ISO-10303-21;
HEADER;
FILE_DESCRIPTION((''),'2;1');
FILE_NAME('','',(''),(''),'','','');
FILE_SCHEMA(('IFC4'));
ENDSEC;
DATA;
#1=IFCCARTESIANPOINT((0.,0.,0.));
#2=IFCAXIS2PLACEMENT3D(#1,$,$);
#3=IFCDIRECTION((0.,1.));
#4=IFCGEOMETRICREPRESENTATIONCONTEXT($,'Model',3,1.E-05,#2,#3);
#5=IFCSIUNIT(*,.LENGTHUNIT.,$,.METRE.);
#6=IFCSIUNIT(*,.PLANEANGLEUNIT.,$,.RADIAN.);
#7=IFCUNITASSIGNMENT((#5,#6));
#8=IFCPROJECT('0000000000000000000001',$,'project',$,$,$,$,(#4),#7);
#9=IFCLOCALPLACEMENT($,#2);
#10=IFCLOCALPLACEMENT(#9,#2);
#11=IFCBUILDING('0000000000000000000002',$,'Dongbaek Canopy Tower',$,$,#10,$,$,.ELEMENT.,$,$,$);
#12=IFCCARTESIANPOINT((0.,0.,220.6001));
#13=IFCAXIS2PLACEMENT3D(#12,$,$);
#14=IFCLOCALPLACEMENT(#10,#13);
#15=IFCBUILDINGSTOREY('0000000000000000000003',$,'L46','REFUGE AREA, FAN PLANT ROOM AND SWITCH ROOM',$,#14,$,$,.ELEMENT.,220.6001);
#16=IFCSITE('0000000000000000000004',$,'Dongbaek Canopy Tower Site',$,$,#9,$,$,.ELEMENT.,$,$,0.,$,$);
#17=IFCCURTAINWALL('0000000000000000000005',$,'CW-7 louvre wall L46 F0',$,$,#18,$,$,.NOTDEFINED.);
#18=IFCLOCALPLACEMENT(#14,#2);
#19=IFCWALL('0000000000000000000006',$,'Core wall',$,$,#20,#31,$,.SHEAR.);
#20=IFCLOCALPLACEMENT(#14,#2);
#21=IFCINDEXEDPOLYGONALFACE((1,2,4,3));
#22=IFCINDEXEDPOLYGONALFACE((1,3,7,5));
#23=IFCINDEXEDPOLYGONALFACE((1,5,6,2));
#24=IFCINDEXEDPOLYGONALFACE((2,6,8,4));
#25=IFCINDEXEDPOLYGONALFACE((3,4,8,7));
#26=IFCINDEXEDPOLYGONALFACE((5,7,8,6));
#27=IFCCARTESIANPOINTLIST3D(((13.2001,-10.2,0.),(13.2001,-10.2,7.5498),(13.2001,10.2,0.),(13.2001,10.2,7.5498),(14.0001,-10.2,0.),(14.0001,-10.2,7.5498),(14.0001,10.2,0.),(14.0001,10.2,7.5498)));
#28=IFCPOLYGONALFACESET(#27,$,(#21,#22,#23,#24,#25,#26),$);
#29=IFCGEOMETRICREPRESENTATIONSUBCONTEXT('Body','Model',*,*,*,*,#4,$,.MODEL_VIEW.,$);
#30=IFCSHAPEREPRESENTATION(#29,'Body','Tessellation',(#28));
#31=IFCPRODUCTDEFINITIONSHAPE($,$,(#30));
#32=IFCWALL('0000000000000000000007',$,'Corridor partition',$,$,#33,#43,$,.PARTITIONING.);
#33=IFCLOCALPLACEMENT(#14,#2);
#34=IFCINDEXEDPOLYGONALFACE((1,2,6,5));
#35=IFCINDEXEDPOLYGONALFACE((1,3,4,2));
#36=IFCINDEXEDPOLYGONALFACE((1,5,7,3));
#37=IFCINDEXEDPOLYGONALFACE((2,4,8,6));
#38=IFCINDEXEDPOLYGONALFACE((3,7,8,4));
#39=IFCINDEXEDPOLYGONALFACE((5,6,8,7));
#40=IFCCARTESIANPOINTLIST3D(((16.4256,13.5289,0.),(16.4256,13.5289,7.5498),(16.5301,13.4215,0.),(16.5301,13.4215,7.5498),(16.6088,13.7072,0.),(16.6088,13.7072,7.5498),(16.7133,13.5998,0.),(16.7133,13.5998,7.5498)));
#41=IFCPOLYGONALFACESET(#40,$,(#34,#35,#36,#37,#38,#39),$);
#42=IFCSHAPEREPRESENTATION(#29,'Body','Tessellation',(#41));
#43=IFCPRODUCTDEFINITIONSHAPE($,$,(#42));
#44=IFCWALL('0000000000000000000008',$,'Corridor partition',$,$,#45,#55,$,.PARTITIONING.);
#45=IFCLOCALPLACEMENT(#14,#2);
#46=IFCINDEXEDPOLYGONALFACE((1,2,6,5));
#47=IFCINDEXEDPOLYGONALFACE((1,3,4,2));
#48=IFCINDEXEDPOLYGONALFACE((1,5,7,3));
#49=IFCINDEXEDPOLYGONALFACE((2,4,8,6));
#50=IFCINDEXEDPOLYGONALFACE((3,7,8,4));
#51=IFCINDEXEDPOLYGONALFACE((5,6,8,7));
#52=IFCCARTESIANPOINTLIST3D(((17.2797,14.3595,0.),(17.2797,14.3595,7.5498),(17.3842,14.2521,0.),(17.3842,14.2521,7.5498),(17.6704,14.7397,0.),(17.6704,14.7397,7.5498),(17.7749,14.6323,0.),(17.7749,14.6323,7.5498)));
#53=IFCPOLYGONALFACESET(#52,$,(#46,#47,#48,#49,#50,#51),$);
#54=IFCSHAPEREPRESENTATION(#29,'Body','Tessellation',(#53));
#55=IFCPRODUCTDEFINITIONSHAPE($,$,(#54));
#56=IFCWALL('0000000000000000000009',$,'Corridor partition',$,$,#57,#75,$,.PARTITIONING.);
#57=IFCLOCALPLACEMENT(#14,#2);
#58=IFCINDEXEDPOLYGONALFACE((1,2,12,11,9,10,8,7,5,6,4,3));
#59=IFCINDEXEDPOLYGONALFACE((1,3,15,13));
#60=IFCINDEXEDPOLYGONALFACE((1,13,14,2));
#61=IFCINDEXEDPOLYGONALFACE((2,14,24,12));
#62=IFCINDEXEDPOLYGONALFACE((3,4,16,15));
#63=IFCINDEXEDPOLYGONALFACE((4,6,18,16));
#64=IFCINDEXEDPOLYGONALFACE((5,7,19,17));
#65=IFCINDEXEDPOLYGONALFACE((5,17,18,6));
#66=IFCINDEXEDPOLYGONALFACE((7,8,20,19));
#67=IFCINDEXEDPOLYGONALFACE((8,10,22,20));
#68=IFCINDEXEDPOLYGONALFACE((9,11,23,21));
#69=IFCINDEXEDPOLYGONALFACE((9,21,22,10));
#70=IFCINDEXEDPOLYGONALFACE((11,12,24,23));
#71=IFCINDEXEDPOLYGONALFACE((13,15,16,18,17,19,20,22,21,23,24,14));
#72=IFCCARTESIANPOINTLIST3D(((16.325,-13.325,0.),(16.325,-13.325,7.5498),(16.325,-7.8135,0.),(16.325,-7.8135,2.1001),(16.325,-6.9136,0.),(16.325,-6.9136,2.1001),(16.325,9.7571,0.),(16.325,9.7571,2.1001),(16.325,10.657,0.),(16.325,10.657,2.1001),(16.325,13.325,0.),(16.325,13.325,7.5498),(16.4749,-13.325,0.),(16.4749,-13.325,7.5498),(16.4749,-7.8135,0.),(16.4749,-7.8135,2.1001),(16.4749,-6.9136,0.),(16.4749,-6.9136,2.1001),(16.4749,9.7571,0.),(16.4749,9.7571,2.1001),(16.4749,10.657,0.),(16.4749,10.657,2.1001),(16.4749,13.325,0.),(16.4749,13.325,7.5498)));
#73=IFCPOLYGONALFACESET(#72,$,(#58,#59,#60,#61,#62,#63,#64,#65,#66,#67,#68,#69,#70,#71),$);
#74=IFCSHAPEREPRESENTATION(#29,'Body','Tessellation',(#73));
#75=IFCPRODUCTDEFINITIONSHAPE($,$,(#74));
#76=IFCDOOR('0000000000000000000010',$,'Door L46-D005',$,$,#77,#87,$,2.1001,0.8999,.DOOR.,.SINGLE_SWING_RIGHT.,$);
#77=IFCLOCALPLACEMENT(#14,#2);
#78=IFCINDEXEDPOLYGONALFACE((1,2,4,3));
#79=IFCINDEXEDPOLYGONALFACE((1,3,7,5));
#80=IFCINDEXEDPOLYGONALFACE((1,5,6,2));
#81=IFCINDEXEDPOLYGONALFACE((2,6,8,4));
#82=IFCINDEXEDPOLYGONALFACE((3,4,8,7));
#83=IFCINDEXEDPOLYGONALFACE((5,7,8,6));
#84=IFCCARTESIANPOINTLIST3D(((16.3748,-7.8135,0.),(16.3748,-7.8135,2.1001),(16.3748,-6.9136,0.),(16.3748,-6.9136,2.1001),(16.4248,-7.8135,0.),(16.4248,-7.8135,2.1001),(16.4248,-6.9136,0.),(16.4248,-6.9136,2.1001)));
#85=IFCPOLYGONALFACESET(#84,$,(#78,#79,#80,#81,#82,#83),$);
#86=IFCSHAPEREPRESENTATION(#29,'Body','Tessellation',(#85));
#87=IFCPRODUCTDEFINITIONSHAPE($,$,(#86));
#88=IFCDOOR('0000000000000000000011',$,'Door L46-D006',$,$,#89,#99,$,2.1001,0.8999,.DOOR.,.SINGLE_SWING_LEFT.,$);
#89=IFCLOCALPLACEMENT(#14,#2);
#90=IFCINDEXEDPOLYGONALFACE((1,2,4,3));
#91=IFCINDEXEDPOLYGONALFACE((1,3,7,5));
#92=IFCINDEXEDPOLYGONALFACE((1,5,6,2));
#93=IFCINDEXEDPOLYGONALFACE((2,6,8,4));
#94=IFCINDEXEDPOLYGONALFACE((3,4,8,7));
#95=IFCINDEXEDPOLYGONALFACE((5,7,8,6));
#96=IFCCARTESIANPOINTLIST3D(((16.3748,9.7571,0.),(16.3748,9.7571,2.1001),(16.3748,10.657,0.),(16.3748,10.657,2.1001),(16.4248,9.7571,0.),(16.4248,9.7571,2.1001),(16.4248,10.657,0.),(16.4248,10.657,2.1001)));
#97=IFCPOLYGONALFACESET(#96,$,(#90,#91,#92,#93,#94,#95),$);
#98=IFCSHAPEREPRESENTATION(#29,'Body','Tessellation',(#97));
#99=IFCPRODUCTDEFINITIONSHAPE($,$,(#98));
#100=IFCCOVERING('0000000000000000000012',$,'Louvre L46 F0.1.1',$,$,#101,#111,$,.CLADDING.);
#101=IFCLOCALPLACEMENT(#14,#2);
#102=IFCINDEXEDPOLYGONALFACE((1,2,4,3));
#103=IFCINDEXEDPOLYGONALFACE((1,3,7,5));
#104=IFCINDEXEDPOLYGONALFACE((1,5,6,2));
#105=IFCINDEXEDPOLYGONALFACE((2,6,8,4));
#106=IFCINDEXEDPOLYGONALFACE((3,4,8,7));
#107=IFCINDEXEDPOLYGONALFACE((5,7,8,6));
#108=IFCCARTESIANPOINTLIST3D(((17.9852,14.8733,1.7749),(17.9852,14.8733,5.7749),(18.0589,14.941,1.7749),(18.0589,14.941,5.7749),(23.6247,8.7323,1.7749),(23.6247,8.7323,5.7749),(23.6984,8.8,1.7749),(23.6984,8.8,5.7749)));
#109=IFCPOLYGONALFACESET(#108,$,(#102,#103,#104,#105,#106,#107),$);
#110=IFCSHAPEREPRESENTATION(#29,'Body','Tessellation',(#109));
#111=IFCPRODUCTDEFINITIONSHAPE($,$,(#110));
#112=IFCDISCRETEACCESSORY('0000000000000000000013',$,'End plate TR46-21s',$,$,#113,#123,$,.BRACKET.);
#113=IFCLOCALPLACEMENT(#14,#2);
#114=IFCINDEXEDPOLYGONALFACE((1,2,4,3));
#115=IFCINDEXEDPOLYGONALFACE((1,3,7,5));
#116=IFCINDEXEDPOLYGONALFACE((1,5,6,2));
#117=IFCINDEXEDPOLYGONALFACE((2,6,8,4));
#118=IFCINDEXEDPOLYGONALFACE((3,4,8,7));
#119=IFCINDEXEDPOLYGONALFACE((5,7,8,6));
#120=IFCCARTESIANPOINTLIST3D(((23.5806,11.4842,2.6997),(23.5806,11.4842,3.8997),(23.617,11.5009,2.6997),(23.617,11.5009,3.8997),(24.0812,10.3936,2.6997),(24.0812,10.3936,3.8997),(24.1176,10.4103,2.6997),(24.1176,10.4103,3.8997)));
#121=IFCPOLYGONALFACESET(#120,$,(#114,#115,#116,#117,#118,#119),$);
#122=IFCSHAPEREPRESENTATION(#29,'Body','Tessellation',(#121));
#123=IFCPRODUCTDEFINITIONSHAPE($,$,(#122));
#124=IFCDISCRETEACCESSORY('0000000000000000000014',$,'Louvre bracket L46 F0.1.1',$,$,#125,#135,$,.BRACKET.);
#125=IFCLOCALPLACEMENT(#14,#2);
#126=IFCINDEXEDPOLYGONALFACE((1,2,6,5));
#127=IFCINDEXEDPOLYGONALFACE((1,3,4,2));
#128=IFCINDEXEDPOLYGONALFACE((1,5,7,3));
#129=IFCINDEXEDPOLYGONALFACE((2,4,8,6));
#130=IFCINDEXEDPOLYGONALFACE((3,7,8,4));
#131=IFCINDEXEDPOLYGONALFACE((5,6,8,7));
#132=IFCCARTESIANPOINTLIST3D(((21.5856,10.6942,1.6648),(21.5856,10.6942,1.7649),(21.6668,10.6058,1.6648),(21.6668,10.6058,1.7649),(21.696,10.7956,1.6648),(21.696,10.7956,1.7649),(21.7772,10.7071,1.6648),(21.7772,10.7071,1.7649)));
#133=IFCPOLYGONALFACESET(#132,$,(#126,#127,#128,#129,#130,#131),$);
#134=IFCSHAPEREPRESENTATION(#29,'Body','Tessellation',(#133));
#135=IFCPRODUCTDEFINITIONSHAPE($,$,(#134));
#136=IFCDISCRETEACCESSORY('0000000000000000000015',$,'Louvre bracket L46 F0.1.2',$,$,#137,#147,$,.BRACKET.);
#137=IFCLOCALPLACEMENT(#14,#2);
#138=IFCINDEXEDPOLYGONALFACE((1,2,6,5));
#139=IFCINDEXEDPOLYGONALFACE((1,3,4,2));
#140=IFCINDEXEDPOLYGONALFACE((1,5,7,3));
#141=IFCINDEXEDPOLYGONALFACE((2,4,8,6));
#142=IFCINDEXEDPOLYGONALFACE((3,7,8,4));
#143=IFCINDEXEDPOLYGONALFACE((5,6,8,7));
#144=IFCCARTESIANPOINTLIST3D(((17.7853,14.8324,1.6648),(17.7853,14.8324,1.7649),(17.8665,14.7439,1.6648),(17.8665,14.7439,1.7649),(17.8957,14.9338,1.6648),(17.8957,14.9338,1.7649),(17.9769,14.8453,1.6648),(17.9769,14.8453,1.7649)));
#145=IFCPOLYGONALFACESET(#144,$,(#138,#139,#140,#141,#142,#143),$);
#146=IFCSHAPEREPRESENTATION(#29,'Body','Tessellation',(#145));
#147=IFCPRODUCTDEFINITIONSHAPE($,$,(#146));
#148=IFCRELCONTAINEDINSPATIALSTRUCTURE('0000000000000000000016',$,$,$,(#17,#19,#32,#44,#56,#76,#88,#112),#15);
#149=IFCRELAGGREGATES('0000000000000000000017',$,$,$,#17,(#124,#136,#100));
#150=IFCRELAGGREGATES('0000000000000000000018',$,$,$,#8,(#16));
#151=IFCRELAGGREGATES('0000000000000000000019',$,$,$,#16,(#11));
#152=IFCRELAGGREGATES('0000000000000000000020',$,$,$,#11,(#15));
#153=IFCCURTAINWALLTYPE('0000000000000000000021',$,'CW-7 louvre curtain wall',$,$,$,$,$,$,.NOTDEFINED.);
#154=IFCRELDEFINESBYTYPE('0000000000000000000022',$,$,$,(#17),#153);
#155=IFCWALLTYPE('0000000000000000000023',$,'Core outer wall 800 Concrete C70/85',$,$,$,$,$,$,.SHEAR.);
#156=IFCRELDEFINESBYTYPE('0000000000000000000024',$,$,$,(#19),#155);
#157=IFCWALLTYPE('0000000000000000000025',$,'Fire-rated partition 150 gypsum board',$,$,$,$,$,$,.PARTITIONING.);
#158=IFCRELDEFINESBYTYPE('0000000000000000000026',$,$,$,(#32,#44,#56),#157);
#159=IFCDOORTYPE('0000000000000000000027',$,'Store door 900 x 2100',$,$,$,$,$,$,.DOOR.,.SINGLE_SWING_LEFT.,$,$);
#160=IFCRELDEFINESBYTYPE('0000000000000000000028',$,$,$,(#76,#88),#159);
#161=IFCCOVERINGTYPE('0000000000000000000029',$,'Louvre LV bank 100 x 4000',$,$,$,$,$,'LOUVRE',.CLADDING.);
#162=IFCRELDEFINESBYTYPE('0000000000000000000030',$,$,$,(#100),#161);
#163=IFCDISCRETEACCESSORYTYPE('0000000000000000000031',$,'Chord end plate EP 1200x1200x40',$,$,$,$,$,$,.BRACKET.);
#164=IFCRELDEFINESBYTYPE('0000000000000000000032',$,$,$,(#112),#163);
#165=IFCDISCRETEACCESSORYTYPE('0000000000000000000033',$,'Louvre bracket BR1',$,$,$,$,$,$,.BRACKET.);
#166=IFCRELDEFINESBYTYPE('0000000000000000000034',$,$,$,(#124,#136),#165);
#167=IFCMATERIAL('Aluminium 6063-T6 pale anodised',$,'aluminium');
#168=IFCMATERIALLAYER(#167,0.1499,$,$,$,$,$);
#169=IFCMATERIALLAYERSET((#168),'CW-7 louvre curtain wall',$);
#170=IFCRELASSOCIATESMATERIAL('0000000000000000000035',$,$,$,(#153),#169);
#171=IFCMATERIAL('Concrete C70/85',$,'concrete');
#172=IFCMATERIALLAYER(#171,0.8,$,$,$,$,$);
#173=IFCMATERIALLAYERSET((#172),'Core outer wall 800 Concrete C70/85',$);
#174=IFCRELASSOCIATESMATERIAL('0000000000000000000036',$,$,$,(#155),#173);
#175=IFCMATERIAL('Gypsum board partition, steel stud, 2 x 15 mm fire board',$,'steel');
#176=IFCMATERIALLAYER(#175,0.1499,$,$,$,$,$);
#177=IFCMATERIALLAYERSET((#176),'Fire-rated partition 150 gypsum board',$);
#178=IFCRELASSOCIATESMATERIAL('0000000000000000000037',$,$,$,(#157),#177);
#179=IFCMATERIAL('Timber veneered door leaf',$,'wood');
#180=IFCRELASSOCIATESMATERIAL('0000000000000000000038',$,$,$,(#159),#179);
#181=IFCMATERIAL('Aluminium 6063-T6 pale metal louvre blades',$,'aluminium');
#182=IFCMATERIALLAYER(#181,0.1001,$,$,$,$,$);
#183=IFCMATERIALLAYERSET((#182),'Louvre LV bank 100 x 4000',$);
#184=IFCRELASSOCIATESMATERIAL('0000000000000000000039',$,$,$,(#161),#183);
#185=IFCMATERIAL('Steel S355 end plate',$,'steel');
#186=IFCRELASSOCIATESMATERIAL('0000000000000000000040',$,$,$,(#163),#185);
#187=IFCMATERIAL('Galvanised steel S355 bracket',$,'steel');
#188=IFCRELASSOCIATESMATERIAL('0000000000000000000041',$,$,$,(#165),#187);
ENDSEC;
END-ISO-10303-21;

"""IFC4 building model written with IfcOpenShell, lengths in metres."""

from ifc_helpers import new_model, si_unit, direction, frame, frame_2d, origin, origin_2d, place, context, subcontext, project, spatial, rectangle, extrude, material, layer, layer_set, type_object, element, fill, aggregate, save


model = new_model("IFC4")

# Units and contexts
model_context = context("Model", 3, precision=1e-05, world=origin(), true_north=direction((0.0, 1.0)))
body_context = subcontext(model_context, "Body", "Model", "MODEL_VIEW")
ifc_project = project(units=[si_unit("LENGTHUNIT", "METRE"), si_unit("PLANEANGLEUNIT", "RADIAN")], contexts=[model_context])

# Site, building, storey
site_placement = place(None, origin())
site = spatial("IfcSite", under=ifc_project, at=site_placement, Name="Dongbaek Canopy Tower Site", CompositionType="ELEMENT", RefElevation=0.0)
building_placement = place(site_placement, origin())
building = spatial("IfcBuilding", under=site, at=building_placement, Name="Dongbaek Canopy Tower", CompositionType="ELEMENT")
storey_placement = place(building_placement, frame((0.0, 0.0, 220.6001)))
storey = spatial("IfcBuildingStorey", under=building, at=storey_placement, Name="L46", Description="REFUGE AREA, FAN PLANT ROOM AND SWITCH ROOM", CompositionType="ELEMENT", Elevation=220.6001)

# Curtain wall
ifc_material_1 = material(Name="Aluminium 6063-T6 pale anodised", Category="aluminium")
ifc_layer_1 = layer(ifc_material_1, 0.1499)
ifc_layer_set_1 = layer_set([ifc_layer_1], Name="CW-7 louvre curtain wall")
curtain_wall_type = type_object("IfcCurtainWallType", Name="CW-7 louvre curtain wall", PredefinedType="NOTDEFINED", material=ifc_layer_set_1)
curtain_wall_placement = place(storey_placement, origin())
curtain_wall = element("IfcCurtainWall", 1, at=curtain_wall_placement, inside=storey, type_object=curtain_wall_type, Name="CW-7 louvre wall L46 F0", PredefinedType="NOTDEFINED")

# Walls
ifc_material_2 = material(Name="Concrete C70/85", Category="concrete")
ifc_layer_2 = layer(ifc_material_2, 0.8)
ifc_layer_set_2 = layer_set([ifc_layer_2], Name="Core outer wall 800 Concrete C70/85")
wall_type_1 = type_object("IfcWallType", Name="Core outer wall 800 Concrete C70/85", PredefinedType="SHEAR", material=ifc_layer_set_2)
wall_1_placement = place(storey_placement, frame((13.6001, 10.2, 0.0), z_axis=(0.0, 0.0, 1.0), x_axis=(0.0, -1.0, 0.0)))
element("IfcWall", 2, at=wall_1_placement, inside=storey, type_object=wall_type_1, Name="Core wall", PredefinedType="SHEAR", context=body_context, shape_type="SweptSolid", body=[
    extrude(rectangle(XDim=20.3999, YDim=0.8, at=frame_2d((10.2, 0.0))), origin(), (0.0, 0.0, 1.0), 7.5498),
])
ifc_material_3 = material(Name="Gypsum board partition, steel stud, 2 x 15 mm fire board", Category="steel")
ifc_layer_3 = layer(ifc_material_3, 0.1499)
ifc_layer_set_3 = layer_set([ifc_layer_3], Name="Fire-rated partition 150 gypsum board")
wall_type_2 = type_object("IfcWallType", Name="Fire-rated partition 150 gypsum board", PredefinedType="PARTITIONING", material=ifc_layer_set_3)
wall_2_placement = place(storey_placement, frame((16.4778, 13.4751, 0.0), z_axis=(0.0, 0.0, 1.0), x_axis=(0.716597, 0.697488, 0.0)))
element("IfcWall", 3, at=wall_2_placement, inside=storey, type_object=wall_type_2, Name="Corridor partition", PredefinedType="PARTITIONING", context=body_context, shape_type="SweptSolid", body=[
    extrude(rectangle(XDim=0.2556, YDim=0.1499, at=frame_2d((0.1279, 0.0))), origin(), (0.0, 0.0, 1.0), 7.5498),
])
wall_3_placement = place(storey_placement, frame((17.332, 14.3059, 0.0), z_axis=(0.0, 0.0, 1.0), x_axis=(0.716671, 0.697411, 0.0)))
element("IfcWall", 4, at=wall_3_placement, inside=storey, type_object=wall_type_2, Name="Corridor partition", PredefinedType="PARTITIONING", context=body_context, shape_type="SweptSolid", body=[
    extrude(rectangle(XDim=0.5452, YDim=0.1499, at=frame_2d((0.2725, 0.0))), origin(), (0.0, 0.0, 1.0), 7.5498),
])

# Wall, openings, doors
wall_4_placement = place(storey_placement, frame((16.3999, 13.325, 0.0), z_axis=(0.0, 0.0, 1.0), x_axis=(0.0, -1.0, 0.0)))
wall_4 = element("IfcWall", 5, at=wall_4_placement, inside=storey, type_object=wall_type_2, Name="Corridor partition", PredefinedType="PARTITIONING", context=body_context, shape_type="SweptSolid", body=[
    extrude(rectangle(XDim=26.6499, YDim=0.1499, at=frame_2d((13.325, 0.0))), origin(), (0.0, 0.0, 1.0), 7.5498),
])
opening_1_placement = place(wall_4_placement, frame((20.2385, 0.0, 0.0)))
opening_1 = element("IfcOpeningElement", 6, at=opening_1_placement, cuts=wall_4, PredefinedType="OPENING", context=body_context, shape_type="SweptSolid", body=[
    extrude(rectangle(XDim=0.8999, YDim=2.1001, at=frame_2d((0.45, 1.05))), frame((0.0, 0.085, 0.0), z_axis=(0.0, -1.0, 0.0), x_axis=(1.0, 0.0, 0.0)), (0.0, 0.0, 1.0), 0.1699),
])
opening_2_placement = place(wall_4_placement, frame((2.668, 0.0, 0.0)))
opening_2 = element("IfcOpeningElement", 7, at=opening_2_placement, cuts=wall_4, PredefinedType="OPENING", context=body_context, shape_type="SweptSolid", body=[
    extrude(rectangle(XDim=0.8999, YDim=2.1001, at=frame_2d((0.45, 1.05))), frame((0.0, 0.085, 0.0), z_axis=(0.0, -1.0, 0.0), x_axis=(1.0, 0.0, 0.0)), (0.0, 0.0, 1.0), 0.1699),
])
ifc_material_4 = material(Name="Timber veneered door leaf", Category="wood")
door_type = type_object("IfcDoorType", Name="Store door 900 x 2100", OperationType="SINGLE_SWING_LEFT", PredefinedType="DOOR", material=ifc_material_4)
door_1_placement = place(opening_1_placement, origin())
door_1 = element("IfcDoor", 8, at=door_1_placement, inside=storey, type_object=door_type, Name="Door L46-D005", OperationType="SINGLE_SWING_RIGHT", OverallHeight=2.1001, OverallWidth=0.8999, PredefinedType="DOOR", context=body_context, shape_type="SweptSolid", body=[
    extrude(rectangle(XDim=0.8999, YDim=2.1001, at=frame_2d((0.45, 1.05))), frame((0.0, 0.0249, 0.0), z_axis=(0.0, -1.0, 0.0), x_axis=(1.0, 0.0, 0.0)), (0.0, 0.0, 1.0), 0.05),
])
fill(opening_1, door_1)
door_2_placement = place(opening_2_placement, origin())
door_2 = element("IfcDoor", 9, at=door_2_placement, inside=storey, type_object=door_type, Name="Door L46-D006", OperationType="SINGLE_SWING_LEFT", OverallHeight=2.1001, OverallWidth=0.8999, PredefinedType="DOOR", context=body_context, shape_type="SweptSolid", body=[
    extrude(rectangle(XDim=0.8999, YDim=2.1001, at=frame_2d((0.45, 1.05))), frame((0.0, 0.0249, 0.0), z_axis=(0.0, -1.0, 0.0), x_axis=(1.0, 0.0, 0.0)), (0.0, 0.0, 1.0), 0.05),
])
fill(opening_2, door_2)

# Covering
ifc_material_5 = material(Name="Aluminium 6063-T6 pale metal louvre blades", Category="aluminium")
ifc_layer_4 = layer(ifc_material_5, 0.1001)
ifc_layer_set_4 = layer_set([ifc_layer_4], Name="Louvre LV bank 100 x 4000")
covering_type = type_object("IfcCoveringType", Name="Louvre LV bank 100 x 4000", ElementType="LOUVRE", PredefinedType="CLADDING", material=ifc_layer_set_4)
covering_placement = place(storey_placement, frame((20.8418, 11.8367, 1.7749), z_axis=(0.0, 0.0, 1.0), x_axis=(-0.676392, 0.736542, 0.0)))
covering = element("IfcCovering", 10, at=covering_placement, type_object=covering_type, Name="Louvre L46 F0.1.1", PredefinedType="CLADDING", context=body_context, shape_type="SweptSolid", body=[
    extrude(rectangle(XDim=8.3376, YDim=0.1001, at=origin_2d()), origin(), (0.0, 0.0, 1.0), 4.0),
])

# Discrete accessories
ifc_material_6 = material(Name="Steel S355 end plate", Category="steel")
discrete_accessory_type_1 = type_object("IfcDiscreteAccessoryType", Name="Chord end plate EP 1200x1200x40", PredefinedType="BRACKET", material=ifc_material_6)
discrete_accessory_1_placement = place(storey_placement, frame((23.8491, 10.9473, 2.6997), z_axis=(0.0, 0.0, 1.0), x_axis=(-0.90883, -0.417168, 0.0)))
element("IfcDiscreteAccessory", 11, at=discrete_accessory_1_placement, inside=storey, type_object=discrete_accessory_type_1, Name="End plate TR46-21s", PredefinedType="BRACKET", context=body_context, shape_type="SweptSolid", body=[
    extrude(rectangle(XDim=0.04, YDim=1.2, at=origin_2d()), origin(), (0.0, 0.0, 1.0), 1.2),
])
ifc_material_7 = material(Name="Galvanised steel S355 bracket", Category="steel")
discrete_accessory_type_2 = type_object("IfcDiscreteAccessoryType", Name="Louvre bracket BR1", PredefinedType="BRACKET", material=ifc_material_7)
discrete_accessory_2_placement = place(storey_placement, frame((21.6814, 10.7007, 1.6648), z_axis=(0.0, 0.0, 1.0), x_axis=(-0.676392, 0.736542, 0.0)))
discrete_accessory_2 = element("IfcDiscreteAccessory", 12, at=discrete_accessory_2_placement, type_object=discrete_accessory_type_2, Name="Louvre bracket L46 F0.1.1", PredefinedType="BRACKET", context=body_context, shape_type="SweptSolid", body=[
    extrude(rectangle(XDim=0.1201, YDim=0.1499, at=origin_2d()), origin(), (0.0, 0.0, 1.0), 0.1001),
])
discrete_accessory_3_placement = place(storey_placement, frame((17.8811, 14.8389, 1.6648), z_axis=(0.0, 0.0, 1.0), x_axis=(-0.676392, 0.736542, 0.0)))
discrete_accessory_3 = element("IfcDiscreteAccessory", 13, at=discrete_accessory_3_placement, type_object=discrete_accessory_type_2, Name="Louvre bracket L46 F0.1.2", PredefinedType="BRACKET", context=body_context, shape_type="SweptSolid", body=[
    extrude(rectangle(XDim=0.1201, YDim=0.1499, at=origin_2d()), origin(), (0.0, 0.0, 1.0), 0.1001),
])
aggregate(curtain_wall, [discrete_accessory_2, discrete_accessory_3, covering])

save(model, "model.ifc")
